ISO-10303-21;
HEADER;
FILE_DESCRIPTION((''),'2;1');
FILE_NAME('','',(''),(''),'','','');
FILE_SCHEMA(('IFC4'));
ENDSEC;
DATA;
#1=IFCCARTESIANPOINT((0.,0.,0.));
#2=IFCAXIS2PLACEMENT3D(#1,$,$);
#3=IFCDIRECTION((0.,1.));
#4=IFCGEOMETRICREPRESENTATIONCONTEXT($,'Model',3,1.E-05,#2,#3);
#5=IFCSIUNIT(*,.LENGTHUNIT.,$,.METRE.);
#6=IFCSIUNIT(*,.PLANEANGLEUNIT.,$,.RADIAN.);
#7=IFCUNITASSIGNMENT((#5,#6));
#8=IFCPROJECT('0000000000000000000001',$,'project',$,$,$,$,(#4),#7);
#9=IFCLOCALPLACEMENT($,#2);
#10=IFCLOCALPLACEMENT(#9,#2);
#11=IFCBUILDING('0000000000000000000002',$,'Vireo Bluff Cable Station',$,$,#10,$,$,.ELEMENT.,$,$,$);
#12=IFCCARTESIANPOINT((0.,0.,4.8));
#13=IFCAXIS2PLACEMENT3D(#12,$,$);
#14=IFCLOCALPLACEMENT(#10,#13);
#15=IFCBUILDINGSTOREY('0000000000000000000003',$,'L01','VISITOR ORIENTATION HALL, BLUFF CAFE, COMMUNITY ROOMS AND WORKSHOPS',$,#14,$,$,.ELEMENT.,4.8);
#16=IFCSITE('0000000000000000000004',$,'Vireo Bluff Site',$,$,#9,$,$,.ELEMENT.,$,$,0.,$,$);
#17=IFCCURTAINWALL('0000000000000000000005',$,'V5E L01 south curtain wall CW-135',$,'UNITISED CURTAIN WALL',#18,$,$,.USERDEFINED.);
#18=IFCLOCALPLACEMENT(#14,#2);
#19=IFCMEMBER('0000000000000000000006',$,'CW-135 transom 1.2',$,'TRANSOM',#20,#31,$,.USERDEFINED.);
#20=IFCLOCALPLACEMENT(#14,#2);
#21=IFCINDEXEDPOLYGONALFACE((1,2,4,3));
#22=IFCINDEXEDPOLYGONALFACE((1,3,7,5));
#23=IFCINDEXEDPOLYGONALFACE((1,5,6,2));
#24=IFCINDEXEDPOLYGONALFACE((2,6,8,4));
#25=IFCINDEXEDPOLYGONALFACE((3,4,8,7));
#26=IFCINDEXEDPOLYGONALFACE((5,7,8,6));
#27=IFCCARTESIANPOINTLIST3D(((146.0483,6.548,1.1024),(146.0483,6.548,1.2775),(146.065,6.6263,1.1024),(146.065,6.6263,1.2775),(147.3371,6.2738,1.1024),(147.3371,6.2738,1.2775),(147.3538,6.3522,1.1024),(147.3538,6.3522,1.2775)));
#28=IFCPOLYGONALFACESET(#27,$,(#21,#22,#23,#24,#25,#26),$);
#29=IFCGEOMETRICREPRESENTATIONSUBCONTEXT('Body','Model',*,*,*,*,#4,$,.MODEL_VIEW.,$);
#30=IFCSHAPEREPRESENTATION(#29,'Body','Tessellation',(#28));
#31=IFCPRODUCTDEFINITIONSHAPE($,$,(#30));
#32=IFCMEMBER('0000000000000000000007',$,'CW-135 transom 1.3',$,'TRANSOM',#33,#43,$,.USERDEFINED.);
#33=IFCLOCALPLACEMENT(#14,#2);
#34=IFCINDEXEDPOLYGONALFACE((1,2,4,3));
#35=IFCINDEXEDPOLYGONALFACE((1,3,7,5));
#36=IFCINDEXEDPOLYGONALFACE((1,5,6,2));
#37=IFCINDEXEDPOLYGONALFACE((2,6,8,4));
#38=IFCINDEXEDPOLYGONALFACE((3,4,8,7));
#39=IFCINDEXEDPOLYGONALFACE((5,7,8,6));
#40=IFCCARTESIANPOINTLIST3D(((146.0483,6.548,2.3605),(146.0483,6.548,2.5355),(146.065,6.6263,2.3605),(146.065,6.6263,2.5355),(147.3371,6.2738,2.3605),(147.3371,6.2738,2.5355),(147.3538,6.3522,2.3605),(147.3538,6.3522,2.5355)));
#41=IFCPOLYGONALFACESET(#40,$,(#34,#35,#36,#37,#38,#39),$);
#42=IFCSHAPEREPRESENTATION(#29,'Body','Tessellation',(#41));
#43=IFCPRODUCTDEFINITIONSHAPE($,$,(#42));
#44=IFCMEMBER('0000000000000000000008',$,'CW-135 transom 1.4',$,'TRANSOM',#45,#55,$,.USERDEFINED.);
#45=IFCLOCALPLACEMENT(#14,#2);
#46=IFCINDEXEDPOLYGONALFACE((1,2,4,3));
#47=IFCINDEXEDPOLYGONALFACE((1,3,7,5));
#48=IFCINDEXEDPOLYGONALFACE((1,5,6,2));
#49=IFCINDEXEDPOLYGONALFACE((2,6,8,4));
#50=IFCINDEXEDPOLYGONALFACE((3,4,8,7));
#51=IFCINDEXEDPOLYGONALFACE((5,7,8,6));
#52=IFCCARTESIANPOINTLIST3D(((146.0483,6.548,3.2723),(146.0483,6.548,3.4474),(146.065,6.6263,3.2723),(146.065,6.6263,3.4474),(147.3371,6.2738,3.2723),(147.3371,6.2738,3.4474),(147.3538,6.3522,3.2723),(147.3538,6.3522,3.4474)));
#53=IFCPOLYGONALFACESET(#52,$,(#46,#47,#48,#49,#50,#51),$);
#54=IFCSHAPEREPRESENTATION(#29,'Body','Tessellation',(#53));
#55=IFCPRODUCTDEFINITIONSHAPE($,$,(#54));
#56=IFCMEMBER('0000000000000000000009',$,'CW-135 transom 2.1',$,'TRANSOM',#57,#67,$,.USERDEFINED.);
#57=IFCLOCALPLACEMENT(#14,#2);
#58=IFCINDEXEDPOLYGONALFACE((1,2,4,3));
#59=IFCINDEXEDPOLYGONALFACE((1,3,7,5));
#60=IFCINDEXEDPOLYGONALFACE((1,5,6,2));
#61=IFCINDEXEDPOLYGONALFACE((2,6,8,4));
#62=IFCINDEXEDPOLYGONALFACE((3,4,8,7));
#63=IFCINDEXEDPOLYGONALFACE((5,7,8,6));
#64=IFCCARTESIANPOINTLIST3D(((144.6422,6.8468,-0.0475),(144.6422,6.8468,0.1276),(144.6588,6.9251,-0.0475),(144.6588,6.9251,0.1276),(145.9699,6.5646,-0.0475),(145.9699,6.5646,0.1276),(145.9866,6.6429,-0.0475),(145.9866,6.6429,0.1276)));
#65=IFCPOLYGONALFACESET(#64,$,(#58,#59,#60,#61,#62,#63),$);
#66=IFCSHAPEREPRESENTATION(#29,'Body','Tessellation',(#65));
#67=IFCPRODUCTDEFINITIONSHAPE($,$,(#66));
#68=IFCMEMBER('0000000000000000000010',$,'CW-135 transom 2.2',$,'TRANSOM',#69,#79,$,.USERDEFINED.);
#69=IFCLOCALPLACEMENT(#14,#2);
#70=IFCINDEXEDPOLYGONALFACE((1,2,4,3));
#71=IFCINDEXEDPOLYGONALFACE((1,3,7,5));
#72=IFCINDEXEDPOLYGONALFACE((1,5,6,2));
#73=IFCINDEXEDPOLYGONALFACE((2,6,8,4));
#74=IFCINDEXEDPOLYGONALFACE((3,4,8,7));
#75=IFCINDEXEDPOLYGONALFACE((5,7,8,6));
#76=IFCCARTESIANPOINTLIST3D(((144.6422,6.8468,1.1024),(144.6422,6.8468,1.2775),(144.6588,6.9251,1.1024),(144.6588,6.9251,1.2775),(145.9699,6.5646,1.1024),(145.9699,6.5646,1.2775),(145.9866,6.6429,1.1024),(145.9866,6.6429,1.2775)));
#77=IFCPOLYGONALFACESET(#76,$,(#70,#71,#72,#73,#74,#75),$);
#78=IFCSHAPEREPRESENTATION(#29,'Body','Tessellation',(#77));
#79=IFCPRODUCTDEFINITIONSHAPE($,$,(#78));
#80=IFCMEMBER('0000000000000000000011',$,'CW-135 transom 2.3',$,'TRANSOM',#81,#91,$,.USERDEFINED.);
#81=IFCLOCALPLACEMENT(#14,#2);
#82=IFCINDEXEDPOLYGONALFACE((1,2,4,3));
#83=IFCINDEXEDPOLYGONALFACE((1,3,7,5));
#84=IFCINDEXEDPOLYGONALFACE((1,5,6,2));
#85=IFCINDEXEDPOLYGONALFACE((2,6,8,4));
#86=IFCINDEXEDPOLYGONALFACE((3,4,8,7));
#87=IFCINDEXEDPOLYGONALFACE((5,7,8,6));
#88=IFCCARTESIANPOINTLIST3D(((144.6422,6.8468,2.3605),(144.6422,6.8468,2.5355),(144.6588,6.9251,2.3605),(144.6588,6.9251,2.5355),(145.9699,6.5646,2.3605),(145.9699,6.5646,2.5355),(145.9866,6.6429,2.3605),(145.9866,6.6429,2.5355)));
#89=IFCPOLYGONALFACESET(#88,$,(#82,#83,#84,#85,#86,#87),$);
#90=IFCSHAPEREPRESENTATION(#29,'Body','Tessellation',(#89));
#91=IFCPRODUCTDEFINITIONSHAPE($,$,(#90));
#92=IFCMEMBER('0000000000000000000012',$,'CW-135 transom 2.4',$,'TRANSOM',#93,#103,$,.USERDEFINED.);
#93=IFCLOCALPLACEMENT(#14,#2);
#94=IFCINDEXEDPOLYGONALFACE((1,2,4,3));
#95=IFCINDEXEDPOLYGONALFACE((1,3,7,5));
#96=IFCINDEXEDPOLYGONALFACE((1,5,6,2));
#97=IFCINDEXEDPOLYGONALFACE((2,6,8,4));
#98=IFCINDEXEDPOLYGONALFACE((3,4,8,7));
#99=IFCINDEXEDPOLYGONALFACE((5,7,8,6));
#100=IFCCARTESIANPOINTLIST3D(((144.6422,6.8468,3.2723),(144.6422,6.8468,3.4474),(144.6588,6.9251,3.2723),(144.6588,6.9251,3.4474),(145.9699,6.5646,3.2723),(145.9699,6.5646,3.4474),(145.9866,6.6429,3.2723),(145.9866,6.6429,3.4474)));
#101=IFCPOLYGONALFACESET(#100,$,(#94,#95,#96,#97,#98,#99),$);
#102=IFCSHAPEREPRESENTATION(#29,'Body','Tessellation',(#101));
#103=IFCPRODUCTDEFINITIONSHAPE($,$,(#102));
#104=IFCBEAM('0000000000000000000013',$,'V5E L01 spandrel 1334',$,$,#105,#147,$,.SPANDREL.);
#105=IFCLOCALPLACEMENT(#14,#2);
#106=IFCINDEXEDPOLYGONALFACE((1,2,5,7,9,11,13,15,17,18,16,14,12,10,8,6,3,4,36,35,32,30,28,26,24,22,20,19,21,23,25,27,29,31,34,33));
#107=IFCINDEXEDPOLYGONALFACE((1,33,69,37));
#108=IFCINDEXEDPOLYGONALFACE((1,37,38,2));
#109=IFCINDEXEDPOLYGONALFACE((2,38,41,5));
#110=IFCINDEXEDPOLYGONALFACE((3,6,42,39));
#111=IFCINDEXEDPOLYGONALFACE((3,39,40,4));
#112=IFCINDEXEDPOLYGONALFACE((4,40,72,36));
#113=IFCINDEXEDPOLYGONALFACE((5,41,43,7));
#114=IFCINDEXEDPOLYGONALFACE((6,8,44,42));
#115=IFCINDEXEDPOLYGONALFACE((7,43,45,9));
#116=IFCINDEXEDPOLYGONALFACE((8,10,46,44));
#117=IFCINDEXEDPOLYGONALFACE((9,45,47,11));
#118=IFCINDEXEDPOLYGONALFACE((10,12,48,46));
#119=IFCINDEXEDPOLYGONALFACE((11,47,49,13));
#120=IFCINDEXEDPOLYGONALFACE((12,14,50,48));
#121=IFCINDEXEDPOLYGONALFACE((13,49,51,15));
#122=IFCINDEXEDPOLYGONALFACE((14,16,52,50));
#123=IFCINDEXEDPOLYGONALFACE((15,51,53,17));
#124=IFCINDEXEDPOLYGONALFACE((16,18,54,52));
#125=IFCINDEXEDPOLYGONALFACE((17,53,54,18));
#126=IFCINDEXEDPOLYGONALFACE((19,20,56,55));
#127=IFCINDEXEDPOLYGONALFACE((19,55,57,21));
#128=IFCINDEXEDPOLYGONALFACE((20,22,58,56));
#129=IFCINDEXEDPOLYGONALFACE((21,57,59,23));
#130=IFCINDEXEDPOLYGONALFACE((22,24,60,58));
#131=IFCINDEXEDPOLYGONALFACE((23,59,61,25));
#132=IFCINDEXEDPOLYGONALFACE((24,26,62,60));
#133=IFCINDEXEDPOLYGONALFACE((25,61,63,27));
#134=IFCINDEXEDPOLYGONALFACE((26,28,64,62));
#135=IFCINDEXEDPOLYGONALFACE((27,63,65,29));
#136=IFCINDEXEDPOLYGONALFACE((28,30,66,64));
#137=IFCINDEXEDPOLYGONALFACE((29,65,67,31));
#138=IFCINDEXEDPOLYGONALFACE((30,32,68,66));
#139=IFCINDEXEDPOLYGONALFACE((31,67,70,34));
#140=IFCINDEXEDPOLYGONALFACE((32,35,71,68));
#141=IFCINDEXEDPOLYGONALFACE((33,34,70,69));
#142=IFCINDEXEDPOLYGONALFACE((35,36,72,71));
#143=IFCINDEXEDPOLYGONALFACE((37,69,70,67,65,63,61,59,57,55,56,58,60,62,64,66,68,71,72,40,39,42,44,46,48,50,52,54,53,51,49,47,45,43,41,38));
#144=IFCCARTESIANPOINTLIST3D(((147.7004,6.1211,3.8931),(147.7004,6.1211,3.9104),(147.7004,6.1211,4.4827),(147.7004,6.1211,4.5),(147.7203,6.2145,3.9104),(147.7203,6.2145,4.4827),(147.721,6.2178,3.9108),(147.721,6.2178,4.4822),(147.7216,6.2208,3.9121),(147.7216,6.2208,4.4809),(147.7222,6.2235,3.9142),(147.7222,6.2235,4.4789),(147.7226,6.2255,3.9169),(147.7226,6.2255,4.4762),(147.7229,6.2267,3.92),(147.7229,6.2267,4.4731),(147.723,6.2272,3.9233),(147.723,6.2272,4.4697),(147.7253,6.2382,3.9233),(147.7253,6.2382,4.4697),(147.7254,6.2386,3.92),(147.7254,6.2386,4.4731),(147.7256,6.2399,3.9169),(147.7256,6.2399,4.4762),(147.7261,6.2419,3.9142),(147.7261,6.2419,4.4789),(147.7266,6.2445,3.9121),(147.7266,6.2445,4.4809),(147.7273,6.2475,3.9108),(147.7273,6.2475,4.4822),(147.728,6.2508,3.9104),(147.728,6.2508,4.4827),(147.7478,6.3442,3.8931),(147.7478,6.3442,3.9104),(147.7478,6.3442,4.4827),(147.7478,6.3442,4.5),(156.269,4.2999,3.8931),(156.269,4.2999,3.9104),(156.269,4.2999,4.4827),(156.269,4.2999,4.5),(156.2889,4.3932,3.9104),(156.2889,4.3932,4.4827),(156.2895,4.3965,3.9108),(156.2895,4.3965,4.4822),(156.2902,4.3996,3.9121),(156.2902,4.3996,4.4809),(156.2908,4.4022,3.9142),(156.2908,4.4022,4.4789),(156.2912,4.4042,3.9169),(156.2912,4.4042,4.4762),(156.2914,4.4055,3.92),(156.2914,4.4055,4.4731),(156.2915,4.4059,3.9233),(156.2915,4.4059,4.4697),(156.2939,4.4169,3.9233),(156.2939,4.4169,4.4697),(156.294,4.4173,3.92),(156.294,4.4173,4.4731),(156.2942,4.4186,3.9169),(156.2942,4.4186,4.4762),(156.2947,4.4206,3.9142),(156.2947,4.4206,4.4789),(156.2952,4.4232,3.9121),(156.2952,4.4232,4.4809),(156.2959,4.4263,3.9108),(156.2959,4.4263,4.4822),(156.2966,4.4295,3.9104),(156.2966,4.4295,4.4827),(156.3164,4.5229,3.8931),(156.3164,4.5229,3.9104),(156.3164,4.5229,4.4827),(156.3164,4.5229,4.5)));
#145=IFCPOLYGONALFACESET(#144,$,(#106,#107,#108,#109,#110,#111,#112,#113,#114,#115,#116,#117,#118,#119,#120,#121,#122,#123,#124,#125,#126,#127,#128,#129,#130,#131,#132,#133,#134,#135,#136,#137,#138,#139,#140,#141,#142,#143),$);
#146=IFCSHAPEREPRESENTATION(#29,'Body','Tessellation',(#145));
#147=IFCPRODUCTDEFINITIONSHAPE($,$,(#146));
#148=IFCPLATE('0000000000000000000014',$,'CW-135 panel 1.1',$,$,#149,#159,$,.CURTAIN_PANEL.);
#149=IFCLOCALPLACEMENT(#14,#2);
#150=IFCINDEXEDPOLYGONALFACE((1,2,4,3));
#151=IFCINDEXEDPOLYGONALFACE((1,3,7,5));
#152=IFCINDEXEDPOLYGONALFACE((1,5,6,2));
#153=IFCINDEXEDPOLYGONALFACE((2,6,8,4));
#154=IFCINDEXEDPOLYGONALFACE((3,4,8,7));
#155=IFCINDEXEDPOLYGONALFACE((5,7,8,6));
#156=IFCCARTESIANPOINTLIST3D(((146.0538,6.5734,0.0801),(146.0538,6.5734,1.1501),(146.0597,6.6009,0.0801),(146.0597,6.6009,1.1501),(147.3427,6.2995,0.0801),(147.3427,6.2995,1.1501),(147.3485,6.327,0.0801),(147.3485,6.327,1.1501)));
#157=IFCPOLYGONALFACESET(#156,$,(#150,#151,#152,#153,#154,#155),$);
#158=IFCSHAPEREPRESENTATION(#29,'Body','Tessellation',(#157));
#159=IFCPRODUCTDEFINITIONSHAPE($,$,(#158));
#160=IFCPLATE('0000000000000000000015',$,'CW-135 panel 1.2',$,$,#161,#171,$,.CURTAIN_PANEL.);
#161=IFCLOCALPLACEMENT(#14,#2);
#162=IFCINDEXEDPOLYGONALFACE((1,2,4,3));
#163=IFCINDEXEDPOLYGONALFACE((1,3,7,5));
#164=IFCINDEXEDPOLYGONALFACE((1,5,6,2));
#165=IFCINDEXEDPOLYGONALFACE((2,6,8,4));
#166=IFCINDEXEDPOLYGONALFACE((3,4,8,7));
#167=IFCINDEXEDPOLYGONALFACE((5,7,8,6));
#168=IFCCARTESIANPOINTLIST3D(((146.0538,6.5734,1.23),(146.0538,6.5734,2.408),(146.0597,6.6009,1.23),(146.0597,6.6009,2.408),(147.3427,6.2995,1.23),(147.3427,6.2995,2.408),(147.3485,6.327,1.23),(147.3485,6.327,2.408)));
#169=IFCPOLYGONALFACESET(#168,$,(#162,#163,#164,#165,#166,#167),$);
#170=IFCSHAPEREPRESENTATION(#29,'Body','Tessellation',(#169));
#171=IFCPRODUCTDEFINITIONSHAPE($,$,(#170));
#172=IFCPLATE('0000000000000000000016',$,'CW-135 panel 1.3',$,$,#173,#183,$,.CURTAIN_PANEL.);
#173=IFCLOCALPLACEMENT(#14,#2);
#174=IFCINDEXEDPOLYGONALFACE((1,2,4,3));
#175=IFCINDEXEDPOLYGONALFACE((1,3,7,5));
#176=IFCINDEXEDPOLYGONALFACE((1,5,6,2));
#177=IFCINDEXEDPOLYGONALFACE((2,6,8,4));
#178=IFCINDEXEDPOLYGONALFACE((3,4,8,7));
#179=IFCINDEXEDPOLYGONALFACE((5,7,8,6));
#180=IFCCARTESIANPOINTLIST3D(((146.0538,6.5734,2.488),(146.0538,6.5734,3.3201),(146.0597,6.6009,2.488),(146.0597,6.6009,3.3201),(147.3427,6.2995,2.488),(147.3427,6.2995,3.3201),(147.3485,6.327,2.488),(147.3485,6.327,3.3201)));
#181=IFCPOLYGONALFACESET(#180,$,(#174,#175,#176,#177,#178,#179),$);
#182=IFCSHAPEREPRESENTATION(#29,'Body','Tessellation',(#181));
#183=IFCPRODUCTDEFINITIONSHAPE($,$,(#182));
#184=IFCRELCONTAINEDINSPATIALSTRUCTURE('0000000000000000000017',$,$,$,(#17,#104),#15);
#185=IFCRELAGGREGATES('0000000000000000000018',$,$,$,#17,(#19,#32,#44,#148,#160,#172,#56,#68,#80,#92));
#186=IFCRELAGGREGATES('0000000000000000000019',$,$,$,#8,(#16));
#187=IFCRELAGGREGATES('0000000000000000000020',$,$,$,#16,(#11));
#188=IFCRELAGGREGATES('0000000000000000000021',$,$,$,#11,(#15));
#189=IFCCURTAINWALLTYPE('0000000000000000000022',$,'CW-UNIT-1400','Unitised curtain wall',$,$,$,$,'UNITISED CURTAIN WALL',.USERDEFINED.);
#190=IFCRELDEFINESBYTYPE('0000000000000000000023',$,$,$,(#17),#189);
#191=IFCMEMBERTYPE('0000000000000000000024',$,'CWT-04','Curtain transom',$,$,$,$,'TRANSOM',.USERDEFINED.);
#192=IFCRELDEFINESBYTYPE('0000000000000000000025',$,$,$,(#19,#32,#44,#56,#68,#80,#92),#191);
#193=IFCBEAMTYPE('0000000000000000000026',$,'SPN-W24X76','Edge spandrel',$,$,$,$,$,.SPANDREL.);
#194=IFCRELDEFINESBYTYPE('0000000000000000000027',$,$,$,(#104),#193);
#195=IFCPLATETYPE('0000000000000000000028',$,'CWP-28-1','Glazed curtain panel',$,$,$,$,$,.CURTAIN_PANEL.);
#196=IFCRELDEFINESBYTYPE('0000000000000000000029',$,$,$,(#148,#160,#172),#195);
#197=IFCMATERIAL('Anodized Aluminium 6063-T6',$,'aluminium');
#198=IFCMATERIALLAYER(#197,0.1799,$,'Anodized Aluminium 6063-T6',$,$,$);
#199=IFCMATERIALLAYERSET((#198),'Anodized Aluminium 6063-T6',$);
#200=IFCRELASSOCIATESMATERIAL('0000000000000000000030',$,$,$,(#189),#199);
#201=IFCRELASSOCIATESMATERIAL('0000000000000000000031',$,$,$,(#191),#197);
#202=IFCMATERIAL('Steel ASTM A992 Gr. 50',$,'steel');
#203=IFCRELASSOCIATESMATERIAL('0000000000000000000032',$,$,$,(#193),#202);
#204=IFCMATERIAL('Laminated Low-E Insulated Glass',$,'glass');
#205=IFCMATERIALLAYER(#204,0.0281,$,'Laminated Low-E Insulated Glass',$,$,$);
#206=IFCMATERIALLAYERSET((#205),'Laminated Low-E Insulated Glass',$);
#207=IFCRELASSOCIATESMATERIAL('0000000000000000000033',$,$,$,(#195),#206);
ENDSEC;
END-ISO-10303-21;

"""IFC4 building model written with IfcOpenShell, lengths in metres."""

from ifc_helpers import new_model, si_unit, direction, frame, origin, origin_2d, place, context, subcontext, project, spatial, rectangle, i_section, extrude, material, layer, layer_set, material_profile, profile_set, type_object, element, aggregate, save


model = new_model("IFC4")

# Units and contexts
model_context = context("Model", 3, precision=1e-05, world=origin(), true_north=direction((0.0, 1.0)))
body_context = subcontext(model_context, "Body", "Model", "MODEL_VIEW")
ifc_project = project(units=[si_unit("LENGTHUNIT", "METRE"), si_unit("PLANEANGLEUNIT", "RADIAN")], contexts=[model_context])

# Site, building, storey
site_placement = place(None, origin())
site = spatial("IfcSite", under=ifc_project, at=site_placement, Name="Vireo Bluff Site", CompositionType="ELEMENT", RefElevation=0.0)
building_placement = place(site_placement, origin())
building = spatial("IfcBuilding", under=site, at=building_placement, Name="Vireo Bluff Cable Station", CompositionType="ELEMENT")
storey_placement = place(building_placement, frame((0.0, 0.0, 4.8)))
storey = spatial("IfcBuildingStorey", under=building, at=storey_placement, Name="L01", Description="VISITOR ORIENTATION HALL, BLUFF CAFE, COMMUNITY ROOMS AND WORKSHOPS", CompositionType="ELEMENT", Elevation=4.8)

# Shared definitions
ifc_material_1 = material(Name="Steel ASTM A992 Gr. 50", Category="steel")

# Curtain wall, members
ifc_material_2 = material(Name="Anodized Aluminium 6063-T6", Category="aluminium")
ifc_layer_1 = layer(ifc_material_2, 0.1799, Name="Anodized Aluminium 6063-T6")
ifc_layer_set_1 = layer_set([ifc_layer_1], Name="Anodized Aluminium 6063-T6")
curtain_wall_type = type_object("IfcCurtainWallType", Name="CW-UNIT-1400", Description="Unitised curtain wall", ElementType="UNITISED CURTAIN WALL", PredefinedType="USERDEFINED", material=ifc_layer_set_1)
curtain_wall_placement = place(storey_placement, origin())
curtain_wall = element("IfcCurtainWall", 1, at=curtain_wall_placement, inside=storey, type_object=curtain_wall_type, Name="V5E L01 south curtain wall CW-135", ObjectType="UNITISED CURTAIN WALL", PredefinedType="USERDEFINED")
ifc_material_profile_1 = material_profile(ifc_material_2, rectangle(XDim=0.0801, YDim=0.175, at=origin_2d()), Name="ALU-T-80X175")
ifc_profile_set_1 = profile_set([ifc_material_profile_1], Name="Anodized Aluminium 6063-T6")
member_type_1 = type_object("IfcMemberType", Name="CWT-04", Description="Curtain transom", ElementType="TRANSOM", PredefinedType="USERDEFINED", material=ifc_profile_set_1)
member_1_placement = place(storey_placement, frame((147.3455, 6.313, 1.1899), z_axis=(-0.978113, 0.208074, 0.0), x_axis=(-0.208074, -0.978113, 0.0)))
member_1 = element("IfcMember", 2, at=member_1_placement, type_object=member_type_1, Name="CW-135 transom 1.2", ObjectType="TRANSOM", PredefinedType="USERDEFINED", context=body_context, shape_type="SweptSolid", body=[
    extrude(rectangle(XDim=0.0801, YDim=0.175, at=origin_2d()), origin(), (0.0, 0.0, 1.0), 1.3176),
])
member_2_placement = place(storey_placement, frame((147.3455, 6.313, 2.448), z_axis=(-0.978113, 0.208074, 0.0), x_axis=(-0.208074, -0.978113, 0.0)))
member_2 = element("IfcMember", 3, at=member_2_placement, type_object=member_type_1, Name="CW-135 transom 1.3", ObjectType="TRANSOM", PredefinedType="USERDEFINED", context=body_context, shape_type="SweptSolid", body=[
    extrude(rectangle(XDim=0.0801, YDim=0.175, at=origin_2d()), origin(), (0.0, 0.0, 1.0), 1.3176),
])
member_3_placement = place(storey_placement, frame((147.3455, 6.313, 3.3599), z_axis=(-0.978113, 0.208074, 0.0), x_axis=(-0.208074, -0.978113, 0.0)))
member_3 = element("IfcMember", 4, at=member_3_placement, type_object=member_type_1, Name="CW-135 transom 1.4", ObjectType="TRANSOM", PredefinedType="USERDEFINED", context=body_context, shape_type="SweptSolid", body=[
    extrude(rectangle(XDim=0.0801, YDim=0.175, at=origin_2d()), origin(), (0.0, 0.0, 1.0), 1.3176),
])
member_4_placement = place(storey_placement, frame((145.9783, 6.6038, 0.04), z_axis=(-0.978151, 0.207895, 0.0), x_axis=(-0.207895, -0.978151, 0.0)))
member_4 = element("IfcMember", 5, at=member_4_placement, type_object=member_type_1, Name="CW-135 transom 2.1", ObjectType="TRANSOM", PredefinedType="USERDEFINED", context=body_context, shape_type="SweptSolid", body=[
    extrude(rectangle(XDim=0.0801, YDim=0.175, at=origin_2d()), origin(), (0.0, 0.0, 1.0), 1.3574),
])
member_5_placement = place(storey_placement, frame((145.9783, 6.6038, 1.1899), z_axis=(-0.978151, 0.207895, 0.0), x_axis=(-0.207895, -0.978151, 0.0)))
member_5 = element("IfcMember", 6, at=member_5_placement, type_object=member_type_1, Name="CW-135 transom 2.2", ObjectType="TRANSOM", PredefinedType="USERDEFINED", context=body_context, shape_type="SweptSolid", body=[
    extrude(rectangle(XDim=0.0801, YDim=0.175, at=origin_2d()), origin(), (0.0, 0.0, 1.0), 1.3574),
])
member_6_placement = place(storey_placement, frame((145.9783, 6.6038, 2.448), z_axis=(-0.978151, 0.207895, 0.0), x_axis=(-0.207895, -0.978151, 0.0)))
member_6 = element("IfcMember", 7, at=member_6_placement, type_object=member_type_1, Name="CW-135 transom 2.3", ObjectType="TRANSOM", PredefinedType="USERDEFINED", context=body_context, shape_type="SweptSolid", body=[
    extrude(rectangle(XDim=0.0801, YDim=0.175, at=origin_2d()), origin(), (0.0, 0.0, 1.0), 1.3574),
])
member_7_placement = place(storey_placement, frame((145.9783, 6.6038, 3.3599), z_axis=(-0.978151, 0.207895, 0.0), x_axis=(-0.207895, -0.978151, 0.0)))
member_7 = element("IfcMember", 8, at=member_7_placement, type_object=member_type_1, Name="CW-135 transom 2.4", ObjectType="TRANSOM", PredefinedType="USERDEFINED", context=body_context, shape_type="SweptSolid", body=[
    extrude(rectangle(XDim=0.0801, YDim=0.175, at=origin_2d()), origin(), (0.0, 0.0, 1.0), 1.3574),
])

# Beam
ifc_material_profile_2 = material_profile(ifc_material_1, i_section(OverallWidth=0.228, OverallDepth=0.6069, WebThickness=0.0112, FlangeThickness=0.0173, FilletRadius=0.0129, at=origin_2d()), Name="W24X76")
ifc_profile_set_2 = profile_set([ifc_material_profile_2], Name="Steel ASTM A992 Gr. 50")
beam_type_1 = type_object("IfcBeamType", Name="SPN-W24X76", Description="Edge spandrel", PredefinedType="SPANDREL", material=ifc_profile_set_2)
beam_1_placement = place(storey_placement, frame((147.7241, 6.2327, 4.1965), z_axis=(0.978148, -0.207909, 0.0), x_axis=(0.207909, 0.978148, 0.0)))
element("IfcBeam", 9, at=beam_1_placement, inside=storey, type_object=beam_type_1, Name="V5E L01 spandrel 1334", PredefinedType="SPANDREL", context=body_context, shape_type="SweptSolid", body=[
    extrude(i_section(OverallWidth=0.228, OverallDepth=0.6069, WebThickness=0.0112, FlangeThickness=0.0173, FilletRadius=0.0129, at=origin_2d()), origin(), (0.0, 0.0, 1.0), 8.76),
])

# Plates
ifc_material_3 = material(Name="Laminated Low-E Insulated Glass", Category="glass")
ifc_layer_2 = layer(ifc_material_3, 0.0281, Name="Laminated Low-E Insulated Glass")
ifc_layer_set_2 = layer_set([ifc_layer_2], Name="Laminated Low-E Insulated Glass")
plate_type_1 = type_object("IfcPlateType", Name="CWP-28-1", Description="Glazed curtain panel", PredefinedType="CURTAIN_PANEL", material=ifc_layer_set_2)
plate_1_placement = place(storey_placement, frame((146.7012, 6.4502, 0.0801), z_axis=(0.0, 0.0, 1.0), x_axis=(-0.978148, 0.207912, 0.0)))
plate_1 = element("IfcPlate", 10, at=plate_1_placement, type_object=plate_type_1, Name="CW-135 panel 1.1", PredefinedType="CURTAIN_PANEL", context=body_context, shape_type="SweptSolid", body=[
    extrude(rectangle(XDim=1.3176, YDim=0.0281, at=origin_2d()), origin(), (0.0, 0.0, 1.0), 1.0701),
])
plate_2_placement = place(storey_placement, frame((146.7012, 6.4502, 1.23), z_axis=(0.0, 0.0, 1.0), x_axis=(-0.978148, 0.207912, 0.0)))
plate_2 = element("IfcPlate", 11, at=plate_2_placement, type_object=plate_type_1, Name="CW-135 panel 1.2", PredefinedType="CURTAIN_PANEL", context=body_context, shape_type="SweptSolid", body=[
    extrude(rectangle(XDim=1.3176, YDim=0.0281, at=origin_2d()), origin(), (0.0, 0.0, 1.0), 1.178),
])
plate_3_placement = place(storey_placement, frame((146.7012, 6.4502, 2.488), z_axis=(0.0, 0.0, 1.0), x_axis=(-0.978148, 0.207912, 0.0)))
plate_3 = element("IfcPlate", 12, at=plate_3_placement, type_object=plate_type_1, Name="CW-135 panel 1.3", PredefinedType="CURTAIN_PANEL", context=body_context, shape_type="SweptSolid", body=[
    extrude(rectangle(XDim=1.3176, YDim=0.0281, at=origin_2d()), origin(), (0.0, 0.0, 1.0), 0.832),
])
aggregate(curtain_wall, [member_1, member_2, member_3, plate_1, plate_2, plate_3, member_4, member_5, member_6, member_7])

save(model, "model.ifc")
